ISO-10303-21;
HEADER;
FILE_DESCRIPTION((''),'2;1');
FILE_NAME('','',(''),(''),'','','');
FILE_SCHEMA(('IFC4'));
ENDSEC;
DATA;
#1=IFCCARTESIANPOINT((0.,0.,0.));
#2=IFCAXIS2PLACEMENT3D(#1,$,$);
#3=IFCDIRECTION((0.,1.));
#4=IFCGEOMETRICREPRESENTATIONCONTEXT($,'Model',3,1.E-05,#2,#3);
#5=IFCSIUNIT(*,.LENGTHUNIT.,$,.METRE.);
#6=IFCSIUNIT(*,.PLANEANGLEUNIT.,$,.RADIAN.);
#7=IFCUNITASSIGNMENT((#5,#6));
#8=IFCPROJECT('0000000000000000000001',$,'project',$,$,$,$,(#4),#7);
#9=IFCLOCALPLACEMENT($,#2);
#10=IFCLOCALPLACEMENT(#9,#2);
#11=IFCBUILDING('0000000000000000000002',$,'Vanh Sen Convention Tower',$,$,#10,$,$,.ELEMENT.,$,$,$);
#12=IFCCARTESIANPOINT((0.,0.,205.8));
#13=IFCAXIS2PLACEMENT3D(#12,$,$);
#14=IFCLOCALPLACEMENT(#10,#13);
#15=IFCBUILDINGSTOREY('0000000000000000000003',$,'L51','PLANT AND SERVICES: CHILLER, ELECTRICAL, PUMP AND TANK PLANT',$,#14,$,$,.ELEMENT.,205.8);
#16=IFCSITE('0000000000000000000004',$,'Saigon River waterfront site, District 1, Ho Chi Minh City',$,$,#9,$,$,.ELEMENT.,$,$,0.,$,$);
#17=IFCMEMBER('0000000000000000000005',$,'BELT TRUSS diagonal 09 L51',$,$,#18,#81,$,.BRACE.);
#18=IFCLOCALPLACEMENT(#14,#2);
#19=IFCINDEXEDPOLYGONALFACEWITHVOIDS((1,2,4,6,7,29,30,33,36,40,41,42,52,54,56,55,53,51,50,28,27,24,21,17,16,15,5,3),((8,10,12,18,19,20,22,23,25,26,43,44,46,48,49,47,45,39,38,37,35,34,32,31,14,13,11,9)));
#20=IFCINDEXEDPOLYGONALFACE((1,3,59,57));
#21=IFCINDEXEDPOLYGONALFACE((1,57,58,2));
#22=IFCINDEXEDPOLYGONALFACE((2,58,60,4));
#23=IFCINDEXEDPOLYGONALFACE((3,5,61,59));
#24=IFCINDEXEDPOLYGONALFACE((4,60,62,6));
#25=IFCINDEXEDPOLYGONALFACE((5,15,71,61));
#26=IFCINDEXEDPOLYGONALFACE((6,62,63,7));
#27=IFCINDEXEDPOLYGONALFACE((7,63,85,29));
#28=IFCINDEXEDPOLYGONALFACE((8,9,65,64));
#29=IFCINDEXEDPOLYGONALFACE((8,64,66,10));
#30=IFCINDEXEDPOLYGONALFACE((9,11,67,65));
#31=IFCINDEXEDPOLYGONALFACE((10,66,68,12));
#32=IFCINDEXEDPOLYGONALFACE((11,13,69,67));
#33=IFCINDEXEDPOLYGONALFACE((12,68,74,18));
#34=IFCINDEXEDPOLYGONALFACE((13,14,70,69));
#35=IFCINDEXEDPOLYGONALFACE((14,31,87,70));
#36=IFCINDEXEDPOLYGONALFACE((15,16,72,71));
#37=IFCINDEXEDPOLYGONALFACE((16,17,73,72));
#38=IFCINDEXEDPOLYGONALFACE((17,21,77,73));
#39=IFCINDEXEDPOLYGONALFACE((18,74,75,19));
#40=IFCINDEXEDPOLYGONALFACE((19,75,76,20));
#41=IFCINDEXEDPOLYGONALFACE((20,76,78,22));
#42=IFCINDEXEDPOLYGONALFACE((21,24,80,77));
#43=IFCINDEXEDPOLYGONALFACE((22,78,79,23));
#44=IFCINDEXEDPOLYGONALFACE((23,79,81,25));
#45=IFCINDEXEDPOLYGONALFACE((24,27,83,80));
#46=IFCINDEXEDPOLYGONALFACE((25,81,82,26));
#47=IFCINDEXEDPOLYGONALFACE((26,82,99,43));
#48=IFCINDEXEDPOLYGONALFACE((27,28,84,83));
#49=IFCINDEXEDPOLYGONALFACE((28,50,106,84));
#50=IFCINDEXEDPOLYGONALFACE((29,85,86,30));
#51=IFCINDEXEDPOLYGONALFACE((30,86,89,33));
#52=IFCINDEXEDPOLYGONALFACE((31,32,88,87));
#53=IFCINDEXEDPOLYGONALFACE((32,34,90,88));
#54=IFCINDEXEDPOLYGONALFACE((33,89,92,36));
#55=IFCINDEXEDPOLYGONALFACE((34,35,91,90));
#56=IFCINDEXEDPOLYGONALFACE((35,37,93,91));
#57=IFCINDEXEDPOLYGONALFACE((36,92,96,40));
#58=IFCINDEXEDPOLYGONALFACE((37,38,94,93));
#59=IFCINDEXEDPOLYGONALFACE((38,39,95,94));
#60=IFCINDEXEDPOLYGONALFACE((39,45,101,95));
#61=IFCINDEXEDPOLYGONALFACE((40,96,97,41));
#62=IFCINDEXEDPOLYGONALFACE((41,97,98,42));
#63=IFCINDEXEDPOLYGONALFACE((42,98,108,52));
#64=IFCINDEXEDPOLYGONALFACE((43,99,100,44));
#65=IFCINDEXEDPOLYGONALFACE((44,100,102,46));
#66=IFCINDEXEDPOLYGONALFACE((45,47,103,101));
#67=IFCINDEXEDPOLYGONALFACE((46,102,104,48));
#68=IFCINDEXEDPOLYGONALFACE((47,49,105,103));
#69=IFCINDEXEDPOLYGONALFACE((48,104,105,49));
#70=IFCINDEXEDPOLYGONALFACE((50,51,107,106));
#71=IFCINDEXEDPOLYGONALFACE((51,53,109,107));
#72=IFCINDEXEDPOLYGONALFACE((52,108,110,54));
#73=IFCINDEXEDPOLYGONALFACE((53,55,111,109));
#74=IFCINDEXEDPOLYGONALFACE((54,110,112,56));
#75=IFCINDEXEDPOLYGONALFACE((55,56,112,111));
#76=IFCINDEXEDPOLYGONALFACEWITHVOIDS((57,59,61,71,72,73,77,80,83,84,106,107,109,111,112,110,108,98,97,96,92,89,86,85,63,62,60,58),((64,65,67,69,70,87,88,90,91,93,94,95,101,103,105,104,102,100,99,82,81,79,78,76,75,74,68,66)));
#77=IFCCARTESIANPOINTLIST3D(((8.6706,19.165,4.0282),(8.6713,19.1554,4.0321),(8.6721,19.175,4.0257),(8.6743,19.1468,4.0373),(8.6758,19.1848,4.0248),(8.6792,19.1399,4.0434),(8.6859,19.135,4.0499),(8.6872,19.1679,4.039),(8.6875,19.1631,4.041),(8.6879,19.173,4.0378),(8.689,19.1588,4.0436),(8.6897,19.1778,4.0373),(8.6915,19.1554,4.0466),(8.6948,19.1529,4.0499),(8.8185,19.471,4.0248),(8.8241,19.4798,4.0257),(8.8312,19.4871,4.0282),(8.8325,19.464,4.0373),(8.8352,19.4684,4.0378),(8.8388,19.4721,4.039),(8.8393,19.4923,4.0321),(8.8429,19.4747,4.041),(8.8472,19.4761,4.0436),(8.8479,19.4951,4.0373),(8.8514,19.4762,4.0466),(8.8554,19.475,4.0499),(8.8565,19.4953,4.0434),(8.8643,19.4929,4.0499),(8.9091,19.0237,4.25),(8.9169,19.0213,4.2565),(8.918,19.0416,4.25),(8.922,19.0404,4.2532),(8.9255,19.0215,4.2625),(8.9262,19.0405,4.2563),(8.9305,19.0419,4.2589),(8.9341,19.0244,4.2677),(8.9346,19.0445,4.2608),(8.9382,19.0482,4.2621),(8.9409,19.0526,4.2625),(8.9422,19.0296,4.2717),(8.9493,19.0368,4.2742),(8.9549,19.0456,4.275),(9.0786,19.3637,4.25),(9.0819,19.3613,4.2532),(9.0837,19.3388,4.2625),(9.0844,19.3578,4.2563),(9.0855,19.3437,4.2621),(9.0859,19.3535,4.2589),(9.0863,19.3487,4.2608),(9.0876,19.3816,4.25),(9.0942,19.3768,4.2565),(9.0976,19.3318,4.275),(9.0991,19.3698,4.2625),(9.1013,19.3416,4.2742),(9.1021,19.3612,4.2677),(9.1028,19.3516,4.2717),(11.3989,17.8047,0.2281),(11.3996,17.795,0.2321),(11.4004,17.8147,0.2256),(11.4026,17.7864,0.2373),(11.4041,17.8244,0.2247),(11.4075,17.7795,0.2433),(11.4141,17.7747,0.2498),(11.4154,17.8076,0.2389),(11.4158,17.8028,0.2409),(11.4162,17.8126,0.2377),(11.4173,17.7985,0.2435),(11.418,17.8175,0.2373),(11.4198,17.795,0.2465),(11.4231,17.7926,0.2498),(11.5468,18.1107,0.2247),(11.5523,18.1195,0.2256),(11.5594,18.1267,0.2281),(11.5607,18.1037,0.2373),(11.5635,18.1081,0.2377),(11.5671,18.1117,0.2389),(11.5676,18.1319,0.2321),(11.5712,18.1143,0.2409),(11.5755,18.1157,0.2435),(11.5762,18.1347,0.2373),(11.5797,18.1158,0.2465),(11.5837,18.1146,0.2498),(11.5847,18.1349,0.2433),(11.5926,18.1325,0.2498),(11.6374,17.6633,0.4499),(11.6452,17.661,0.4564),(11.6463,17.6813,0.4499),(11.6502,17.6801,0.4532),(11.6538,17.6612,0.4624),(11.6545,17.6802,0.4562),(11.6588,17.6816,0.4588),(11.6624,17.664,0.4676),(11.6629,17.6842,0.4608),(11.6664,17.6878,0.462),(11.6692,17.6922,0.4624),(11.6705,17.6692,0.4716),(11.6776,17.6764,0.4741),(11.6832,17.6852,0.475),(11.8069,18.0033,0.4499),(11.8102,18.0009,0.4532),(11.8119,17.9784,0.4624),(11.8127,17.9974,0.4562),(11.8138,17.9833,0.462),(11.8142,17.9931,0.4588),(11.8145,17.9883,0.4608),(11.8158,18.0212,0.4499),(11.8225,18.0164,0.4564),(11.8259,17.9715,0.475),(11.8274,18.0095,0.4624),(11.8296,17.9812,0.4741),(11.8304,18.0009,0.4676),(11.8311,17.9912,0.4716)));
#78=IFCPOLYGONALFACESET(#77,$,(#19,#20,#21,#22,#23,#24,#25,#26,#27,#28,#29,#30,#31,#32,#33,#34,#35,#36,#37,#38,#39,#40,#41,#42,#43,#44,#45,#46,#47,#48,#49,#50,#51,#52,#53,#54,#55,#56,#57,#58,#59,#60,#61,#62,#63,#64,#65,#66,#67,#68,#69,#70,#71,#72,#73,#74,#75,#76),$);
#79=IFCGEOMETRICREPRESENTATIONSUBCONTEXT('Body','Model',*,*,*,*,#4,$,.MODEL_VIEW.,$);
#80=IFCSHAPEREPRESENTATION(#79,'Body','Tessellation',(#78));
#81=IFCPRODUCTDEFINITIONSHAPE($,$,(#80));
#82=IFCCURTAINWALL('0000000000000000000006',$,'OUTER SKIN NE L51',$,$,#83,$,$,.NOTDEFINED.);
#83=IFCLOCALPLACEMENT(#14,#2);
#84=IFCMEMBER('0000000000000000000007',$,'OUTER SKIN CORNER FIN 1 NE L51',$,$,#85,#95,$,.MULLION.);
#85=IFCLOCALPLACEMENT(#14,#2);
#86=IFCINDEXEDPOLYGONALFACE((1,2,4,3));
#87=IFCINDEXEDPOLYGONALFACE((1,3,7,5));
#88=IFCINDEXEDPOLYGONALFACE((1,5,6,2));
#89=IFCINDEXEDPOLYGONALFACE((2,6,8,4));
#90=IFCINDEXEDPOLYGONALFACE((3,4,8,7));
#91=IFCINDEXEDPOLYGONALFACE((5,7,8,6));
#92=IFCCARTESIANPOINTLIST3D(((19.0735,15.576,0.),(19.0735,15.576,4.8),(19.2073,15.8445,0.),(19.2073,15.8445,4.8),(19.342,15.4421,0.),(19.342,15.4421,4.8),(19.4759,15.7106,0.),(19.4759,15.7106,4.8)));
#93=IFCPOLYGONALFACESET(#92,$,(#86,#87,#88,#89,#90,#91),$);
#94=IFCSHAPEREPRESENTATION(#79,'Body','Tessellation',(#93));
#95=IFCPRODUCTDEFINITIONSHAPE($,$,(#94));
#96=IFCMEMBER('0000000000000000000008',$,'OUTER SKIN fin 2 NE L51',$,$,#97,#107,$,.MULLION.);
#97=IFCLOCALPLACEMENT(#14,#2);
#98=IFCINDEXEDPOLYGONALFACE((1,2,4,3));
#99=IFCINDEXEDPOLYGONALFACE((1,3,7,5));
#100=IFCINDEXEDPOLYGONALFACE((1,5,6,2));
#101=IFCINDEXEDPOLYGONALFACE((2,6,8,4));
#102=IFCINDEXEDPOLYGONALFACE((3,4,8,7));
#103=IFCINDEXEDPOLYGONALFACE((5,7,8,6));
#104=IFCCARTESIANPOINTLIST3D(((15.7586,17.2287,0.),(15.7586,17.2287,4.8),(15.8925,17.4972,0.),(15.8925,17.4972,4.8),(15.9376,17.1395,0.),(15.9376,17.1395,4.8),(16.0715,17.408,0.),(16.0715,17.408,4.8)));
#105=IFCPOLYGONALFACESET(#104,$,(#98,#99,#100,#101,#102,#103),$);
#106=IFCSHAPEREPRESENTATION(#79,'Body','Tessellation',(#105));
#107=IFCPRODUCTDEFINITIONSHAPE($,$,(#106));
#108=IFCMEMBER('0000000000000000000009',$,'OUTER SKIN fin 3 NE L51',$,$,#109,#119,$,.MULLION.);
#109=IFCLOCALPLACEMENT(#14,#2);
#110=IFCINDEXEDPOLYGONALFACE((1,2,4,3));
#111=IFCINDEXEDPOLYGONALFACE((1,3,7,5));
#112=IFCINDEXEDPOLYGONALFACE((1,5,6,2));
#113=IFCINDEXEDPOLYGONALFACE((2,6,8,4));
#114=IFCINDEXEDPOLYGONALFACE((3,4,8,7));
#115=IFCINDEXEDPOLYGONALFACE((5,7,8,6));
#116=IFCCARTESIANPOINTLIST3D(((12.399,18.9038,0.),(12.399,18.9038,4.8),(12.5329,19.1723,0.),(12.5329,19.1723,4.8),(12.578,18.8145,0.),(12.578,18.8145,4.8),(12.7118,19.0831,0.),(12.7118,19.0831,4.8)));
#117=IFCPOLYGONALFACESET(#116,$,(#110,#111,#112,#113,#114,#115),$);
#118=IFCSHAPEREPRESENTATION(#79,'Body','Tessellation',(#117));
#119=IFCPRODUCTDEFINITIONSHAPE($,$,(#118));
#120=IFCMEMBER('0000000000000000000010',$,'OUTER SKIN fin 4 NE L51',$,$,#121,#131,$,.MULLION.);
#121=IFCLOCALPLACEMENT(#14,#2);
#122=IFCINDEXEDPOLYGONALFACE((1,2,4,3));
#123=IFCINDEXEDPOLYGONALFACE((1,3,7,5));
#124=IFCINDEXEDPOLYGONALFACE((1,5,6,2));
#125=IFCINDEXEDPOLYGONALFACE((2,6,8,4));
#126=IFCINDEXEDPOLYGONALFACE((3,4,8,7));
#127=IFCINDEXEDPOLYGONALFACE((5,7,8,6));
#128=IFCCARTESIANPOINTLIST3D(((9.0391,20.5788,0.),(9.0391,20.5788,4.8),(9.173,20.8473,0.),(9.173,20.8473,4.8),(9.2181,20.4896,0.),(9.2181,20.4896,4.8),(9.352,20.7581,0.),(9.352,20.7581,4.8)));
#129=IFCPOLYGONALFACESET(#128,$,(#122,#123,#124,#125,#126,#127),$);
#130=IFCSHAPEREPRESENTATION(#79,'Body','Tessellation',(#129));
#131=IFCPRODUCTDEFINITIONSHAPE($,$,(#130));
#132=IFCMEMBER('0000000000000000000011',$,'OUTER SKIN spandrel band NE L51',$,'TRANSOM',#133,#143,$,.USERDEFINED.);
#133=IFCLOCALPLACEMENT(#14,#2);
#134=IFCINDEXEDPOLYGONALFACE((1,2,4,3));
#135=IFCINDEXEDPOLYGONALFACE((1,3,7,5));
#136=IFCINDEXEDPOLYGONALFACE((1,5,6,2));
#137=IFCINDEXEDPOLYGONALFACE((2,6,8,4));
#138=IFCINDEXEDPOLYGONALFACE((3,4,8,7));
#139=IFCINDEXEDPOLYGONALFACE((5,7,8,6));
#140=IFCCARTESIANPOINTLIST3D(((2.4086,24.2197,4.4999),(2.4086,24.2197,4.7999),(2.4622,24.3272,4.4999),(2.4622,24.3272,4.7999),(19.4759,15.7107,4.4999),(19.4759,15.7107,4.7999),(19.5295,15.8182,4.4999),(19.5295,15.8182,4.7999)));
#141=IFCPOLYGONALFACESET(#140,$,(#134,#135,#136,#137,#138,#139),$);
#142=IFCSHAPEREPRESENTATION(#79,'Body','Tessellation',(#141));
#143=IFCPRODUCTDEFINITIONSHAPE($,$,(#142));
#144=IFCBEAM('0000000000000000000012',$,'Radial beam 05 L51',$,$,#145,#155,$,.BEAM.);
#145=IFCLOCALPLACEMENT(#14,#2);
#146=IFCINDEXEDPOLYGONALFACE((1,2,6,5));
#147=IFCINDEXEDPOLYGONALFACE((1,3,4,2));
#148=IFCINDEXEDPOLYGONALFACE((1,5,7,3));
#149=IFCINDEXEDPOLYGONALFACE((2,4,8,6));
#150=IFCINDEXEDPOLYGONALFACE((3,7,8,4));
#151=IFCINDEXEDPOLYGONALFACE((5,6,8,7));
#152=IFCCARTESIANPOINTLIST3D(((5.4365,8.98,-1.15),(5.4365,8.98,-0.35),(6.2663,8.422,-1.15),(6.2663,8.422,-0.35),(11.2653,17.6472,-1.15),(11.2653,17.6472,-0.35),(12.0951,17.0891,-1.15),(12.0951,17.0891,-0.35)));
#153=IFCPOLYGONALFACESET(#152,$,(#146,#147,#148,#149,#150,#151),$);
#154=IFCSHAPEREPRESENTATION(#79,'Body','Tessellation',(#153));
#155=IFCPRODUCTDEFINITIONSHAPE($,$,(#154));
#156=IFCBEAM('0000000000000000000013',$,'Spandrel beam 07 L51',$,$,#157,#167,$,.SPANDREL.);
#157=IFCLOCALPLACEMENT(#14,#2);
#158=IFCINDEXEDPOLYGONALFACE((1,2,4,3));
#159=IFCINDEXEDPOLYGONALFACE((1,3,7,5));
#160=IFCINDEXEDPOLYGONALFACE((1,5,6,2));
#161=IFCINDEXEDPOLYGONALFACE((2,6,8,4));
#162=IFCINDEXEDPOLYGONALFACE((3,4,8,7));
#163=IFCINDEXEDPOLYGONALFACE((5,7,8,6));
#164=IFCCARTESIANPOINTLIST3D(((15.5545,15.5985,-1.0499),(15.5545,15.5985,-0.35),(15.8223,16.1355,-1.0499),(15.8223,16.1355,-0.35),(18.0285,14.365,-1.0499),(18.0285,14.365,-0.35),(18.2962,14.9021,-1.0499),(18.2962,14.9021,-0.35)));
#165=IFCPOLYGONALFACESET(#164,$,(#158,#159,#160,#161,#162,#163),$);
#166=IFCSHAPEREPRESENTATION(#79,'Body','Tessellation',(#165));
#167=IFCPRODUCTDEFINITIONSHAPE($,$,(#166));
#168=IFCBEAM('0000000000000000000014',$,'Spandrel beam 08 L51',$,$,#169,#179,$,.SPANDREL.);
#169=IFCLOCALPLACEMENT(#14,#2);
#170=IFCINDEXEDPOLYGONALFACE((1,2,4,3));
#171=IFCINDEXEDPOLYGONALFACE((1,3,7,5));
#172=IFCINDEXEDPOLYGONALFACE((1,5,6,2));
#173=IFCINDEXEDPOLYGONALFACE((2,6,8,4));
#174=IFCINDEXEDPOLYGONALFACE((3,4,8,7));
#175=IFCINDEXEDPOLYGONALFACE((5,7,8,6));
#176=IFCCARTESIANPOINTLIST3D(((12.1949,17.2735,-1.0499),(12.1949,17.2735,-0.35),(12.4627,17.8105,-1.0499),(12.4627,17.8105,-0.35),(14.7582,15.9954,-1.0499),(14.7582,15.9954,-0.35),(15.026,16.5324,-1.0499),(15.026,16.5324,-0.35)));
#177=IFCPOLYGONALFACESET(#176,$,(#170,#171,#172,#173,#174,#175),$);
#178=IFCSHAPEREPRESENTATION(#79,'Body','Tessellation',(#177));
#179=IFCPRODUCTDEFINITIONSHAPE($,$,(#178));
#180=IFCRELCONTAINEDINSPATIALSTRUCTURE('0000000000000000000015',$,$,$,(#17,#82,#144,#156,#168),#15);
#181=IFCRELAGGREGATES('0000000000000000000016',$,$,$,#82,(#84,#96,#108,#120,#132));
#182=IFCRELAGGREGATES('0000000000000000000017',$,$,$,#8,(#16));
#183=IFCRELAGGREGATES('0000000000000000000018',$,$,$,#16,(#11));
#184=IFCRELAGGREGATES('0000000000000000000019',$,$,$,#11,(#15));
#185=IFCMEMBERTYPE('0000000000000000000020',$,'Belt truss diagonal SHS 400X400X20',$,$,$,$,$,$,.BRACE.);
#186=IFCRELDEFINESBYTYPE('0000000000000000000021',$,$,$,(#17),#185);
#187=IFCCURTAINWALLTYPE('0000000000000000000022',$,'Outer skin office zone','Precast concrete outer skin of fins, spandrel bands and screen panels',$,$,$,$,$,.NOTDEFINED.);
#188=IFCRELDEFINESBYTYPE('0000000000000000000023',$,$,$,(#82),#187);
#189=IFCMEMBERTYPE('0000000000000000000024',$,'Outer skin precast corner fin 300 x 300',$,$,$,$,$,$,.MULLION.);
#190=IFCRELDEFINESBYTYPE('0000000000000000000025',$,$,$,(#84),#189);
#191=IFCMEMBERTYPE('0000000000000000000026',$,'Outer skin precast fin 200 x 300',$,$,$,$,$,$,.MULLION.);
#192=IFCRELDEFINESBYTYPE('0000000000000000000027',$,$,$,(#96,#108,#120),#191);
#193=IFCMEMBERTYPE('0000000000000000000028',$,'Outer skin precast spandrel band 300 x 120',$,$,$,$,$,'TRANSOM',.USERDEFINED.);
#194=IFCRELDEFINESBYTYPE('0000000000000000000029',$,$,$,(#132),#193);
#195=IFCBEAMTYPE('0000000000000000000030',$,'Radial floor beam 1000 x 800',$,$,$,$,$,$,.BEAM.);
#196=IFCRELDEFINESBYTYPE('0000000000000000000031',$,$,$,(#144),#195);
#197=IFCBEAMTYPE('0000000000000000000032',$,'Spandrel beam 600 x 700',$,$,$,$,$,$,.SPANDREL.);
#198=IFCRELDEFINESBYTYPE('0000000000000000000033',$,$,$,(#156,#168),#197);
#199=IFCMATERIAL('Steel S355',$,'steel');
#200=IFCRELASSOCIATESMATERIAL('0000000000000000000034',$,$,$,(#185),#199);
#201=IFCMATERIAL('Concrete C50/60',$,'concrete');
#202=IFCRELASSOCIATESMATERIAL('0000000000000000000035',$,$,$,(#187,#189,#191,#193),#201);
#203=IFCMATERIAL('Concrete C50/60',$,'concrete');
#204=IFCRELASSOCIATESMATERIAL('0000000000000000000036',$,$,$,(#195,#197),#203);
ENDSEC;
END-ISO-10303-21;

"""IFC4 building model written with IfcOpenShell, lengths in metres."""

from ifc_helpers import new_model, si_unit, direction, frame, origin, origin_2d, place, context, subcontext, project, spatial, rectangle, hollow_rectangle, extrude, material, material_profile, profile_set, type_object, element, aggregate, save


model = new_model("IFC4")

# Units and contexts
model_context = context("Model", 3, precision=1e-05, world=origin(), true_north=direction((0.0, 1.0)))
body_context = subcontext(model_context, "Body", "Model", "MODEL_VIEW")
ifc_project = project(units=[si_unit("LENGTHUNIT", "METRE"), si_unit("PLANEANGLEUNIT", "RADIAN")], contexts=[model_context])

# Site, building, storey
site_placement = place(None, origin())
site = spatial("IfcSite", under=ifc_project, at=site_placement, Name="Saigon River waterfront site, District 1, Ho Chi Minh City", CompositionType="ELEMENT", RefElevation=0.0)
building_placement = place(site_placement, origin())
building = spatial("IfcBuilding", under=site, at=building_placement, Name="Vanh Sen Convention Tower", CompositionType="ELEMENT")
storey_placement = place(building_placement, frame((0.0, 0.0, 205.8)))
storey = spatial("IfcBuildingStorey", under=building, at=storey_placement, Name="L51", Description="PLANT AND SERVICES: CHILLER, ELECTRICAL, PUMP AND TANK PLANT", CompositionType="ELEMENT", Elevation=205.8)

# Member
ifc_material_1 = material(Name="Steel S355", Category="steel")
ifc_material_profile_1 = material_profile(ifc_material_1, hollow_rectangle(XDim=0.3999, YDim=0.3999, WallThickness=0.02, InnerFilletRadius=0.02, OuterFilletRadius=0.04, at=origin_2d()), Name="SHS 400X400X20")
ifc_profile_set_1 = profile_set([ifc_material_profile_1], Name="Steel S355")
member_type_1 = type_object("IfcMemberType", Name="Belt truss diagonal SHS 400X400X20", PredefinedType="BRACE", material=ifc_profile_set_1)
for number, where, z_axis, x_axis, name in (
    (1, (11.615, 17.8979, 0.3499), (-0.560014, 0.27923, 0.78001), (-0.44622, -0.894923, 0.0), "BELT TRUSS diagonal 09 L51"),
):
    element("IfcMember", number, at=place(storey_placement, frame(where, z_axis=z_axis, x_axis=x_axis)), inside=storey, type_object=member_type_1, Name=name, PredefinedType="BRACE", context=body_context, shape_type="SweptSolid", body=[
        extrude(hollow_rectangle(XDim=0.3999, YDim=0.3999, WallThickness=0.02, InnerFilletRadius=0.02, OuterFilletRadius=0.04, at=origin_2d()), origin(), (0.0, 0.0, 1.0), 4.8718),
    ])

# Curtain wall, members
ifc_material_2 = material(Name="Concrete C50/60", Category="concrete")
curtain_wall_type = type_object("IfcCurtainWallType", Name="Outer skin office zone", Description="Precast concrete outer skin of fins, spandrel bands and screen panels", PredefinedType="NOTDEFINED", material=ifc_material_2)
curtain_wall_placement = place(storey_placement, origin())
curtain_wall = element("IfcCurtainWall", 2, at=curtain_wall_placement, inside=storey, type_object=curtain_wall_type, Name="OUTER SKIN NE L51", PredefinedType="NOTDEFINED")
ifc_material_profile_2 = material_profile(ifc_material_2, rectangle(XDim=0.3, YDim=0.3, at=origin_2d()), Name="Outer skin precast corner fin 300 x 300")
ifc_profile_set_2 = profile_set([ifc_material_profile_2], Name="Concrete C50/60")
member_type_2 = type_object("IfcMemberType", Name="Outer skin precast corner fin 300 x 300", PredefinedType="MULLION", material=ifc_profile_set_2)
member_1_placement = place(storey_placement, frame((19.2747, 15.6433, 0.0), z_axis=(0.0, 0.0, 1.0), x_axis=(-0.894934, 0.446198, 0.0)))
member_1 = element("IfcMember", 3, at=member_1_placement, type_object=member_type_2, Name="OUTER SKIN CORNER FIN 1 NE L51", PredefinedType="MULLION", context=body_context, shape_type="SweptSolid", body=[
    extrude(rectangle(XDim=0.3, YDim=0.3, at=origin_2d()), origin(), (0.0, 0.0, 1.0), 4.8),
])
ifc_material_profile_3 = material_profile(ifc_material_2, rectangle(XDim=0.2, YDim=0.3, at=origin_2d()), Name="Outer skin precast fin 200 x 300")
ifc_profile_set_3 = profile_set([ifc_material_profile_3], Name="Concrete C50/60")
member_type_3 = type_object("IfcMemberType", Name="Outer skin precast fin 200 x 300", PredefinedType="MULLION", material=ifc_profile_set_3)
member_2_placement = place(storey_placement, frame((15.915, 17.3184, 0.0), z_axis=(0.0, 0.0, 1.0), x_axis=(-0.894934, 0.446198, 0.0)))
member_2 = element("IfcMember", 4, at=member_2_placement, type_object=member_type_3, Name="OUTER SKIN fin 2 NE L51", PredefinedType="MULLION", context=body_context, shape_type="SweptSolid", body=[
    extrude(rectangle(XDim=0.2, YDim=0.3, at=origin_2d()), origin(), (0.0, 0.0, 1.0), 4.8),
])
member_3_placement = place(storey_placement, frame((12.5554, 18.9934, 0.0), z_axis=(0.0, 0.0, 1.0), x_axis=(-0.894934, 0.446198, 0.0)))
member_3 = element("IfcMember", 5, at=member_3_placement, type_object=member_type_3, Name="OUTER SKIN fin 3 NE L51", PredefinedType="MULLION", context=body_context, shape_type="SweptSolid", body=[
    extrude(rectangle(XDim=0.2, YDim=0.3, at=origin_2d()), origin(), (0.0, 0.0, 1.0), 4.8),
])
member_4_placement = place(storey_placement, frame((9.1956, 20.6685, 0.0), z_axis=(0.0, 0.0, 1.0), x_axis=(-0.894934, 0.446198, 0.0)))
member_4 = element("IfcMember", 6, at=member_4_placement, type_object=member_type_3, Name="OUTER SKIN fin 4 NE L51", PredefinedType="MULLION", context=body_context, shape_type="SweptSolid", body=[
    extrude(rectangle(XDim=0.2, YDim=0.3, at=origin_2d()), origin(), (0.0, 0.0, 1.0), 4.8),
])
ifc_material_profile_4 = material_profile(ifc_material_2, rectangle(XDim=0.1201, YDim=0.3, at=origin_2d()), Name="Outer skin precast spandrel band 300 x 120")
ifc_profile_set_4 = profile_set([ifc_material_profile_4], Name="Concrete C50/60")
member_type_4 = type_object("IfcMemberType", Name="Outer skin precast spandrel band 300 x 120", ElementType="TRANSOM", PredefinedType="USERDEFINED", material=ifc_profile_set_4)
member_5_placement = place(storey_placement, frame((19.5027, 15.7644, 4.6499), z_axis=(-0.894941, 0.446184, 0.0), x_axis=(-0.446184, -0.894941, 0.0)))
member_5 = element("IfcMember", 7, at=member_5_placement, type_object=member_type_4, Name="OUTER SKIN spandrel band NE L51", ObjectType="TRANSOM", PredefinedType="USERDEFINED", context=body_context, shape_type="SweptSolid", body=[
    extrude(rectangle(XDim=0.1201, YDim=0.3, at=origin_2d()), origin(), (0.0, 0.0, 1.0), 19.0708),
])

# Beams
ifc_material_3 = material(Name="Concrete C50/60", Category="concrete")
ifc_material_profile_5 = material_profile(ifc_material_3, rectangle(XDim=1.0, YDim=0.8, at=origin_2d()), Name="RC 1000X800")
ifc_profile_set_5 = profile_set([ifc_material_profile_5], Name="Concrete C50/60")
beam_type_1 = type_object("IfcBeamType", Name="Radial floor beam 1000 x 800", PredefinedType="BEAM", material=ifc_profile_set_5)
beam_1_placement = place(storey_placement, frame((11.6802, 17.3682, -0.75), z_axis=(-0.558056, -0.829803, 0.0), x_axis=(0.829803, -0.558056, 0.0)))
element("IfcBeam", 8, at=beam_1_placement, inside=storey, type_object=beam_type_1, Name="Radial beam 05 L51", PredefinedType="BEAM", context=body_context, shape_type="SweptSolid", body=[
    extrude(rectangle(XDim=1.0, YDim=0.8, at=origin_2d()), origin(), (0.0, 0.0, 1.0), 10.4448),
])
ifc_material_profile_6 = material_profile(ifc_material_3, rectangle(XDim=0.6001, YDim=0.7, at=origin_2d()), Name="RC 600X700")
ifc_profile_set_6 = profile_set([ifc_material_profile_6], Name="Concrete C50/60")
beam_type_2 = type_object("IfcBeamType", Name="Spandrel beam 600 x 700", PredefinedType="SPANDREL", material=ifc_profile_set_6)
beam_2_placement = place(storey_placement, frame((18.1624, 14.6335, -0.7), z_axis=(-0.894939, 0.446189, 0.0), x_axis=(-0.446189, -0.894939, 0.0)))
element("IfcBeam", 9, at=beam_2_placement, inside=storey, type_object=beam_type_2, Name="Spandrel beam 07 L51", PredefinedType="SPANDREL", context=body_context, shape_type="SweptSolid", body=[
    extrude(rectangle(XDim=0.6001, YDim=0.7, at=origin_2d()), origin(), (0.0, 0.0, 1.0), 2.7644),
])
beam_3_placement = place(storey_placement, frame((14.8921, 16.2639, -0.7), z_axis=(-0.894921, 0.446225, 0.0), x_axis=(-0.446225, -0.894921, 0.0)))
element("IfcBeam", 10, at=beam_3_placement, inside=storey, type_object=beam_type_2, Name="Spandrel beam 08 L51", PredefinedType="SPANDREL", context=body_context, shape_type="SweptSolid", body=[
    extrude(rectangle(XDim=0.6001, YDim=0.7, at=origin_2d()), origin(), (0.0, 0.0, 1.0), 2.8643),
])

aggregate(curtain_wall, [member_1, member_2, member_3, member_4, member_5])

save(model, "model.ifc")
